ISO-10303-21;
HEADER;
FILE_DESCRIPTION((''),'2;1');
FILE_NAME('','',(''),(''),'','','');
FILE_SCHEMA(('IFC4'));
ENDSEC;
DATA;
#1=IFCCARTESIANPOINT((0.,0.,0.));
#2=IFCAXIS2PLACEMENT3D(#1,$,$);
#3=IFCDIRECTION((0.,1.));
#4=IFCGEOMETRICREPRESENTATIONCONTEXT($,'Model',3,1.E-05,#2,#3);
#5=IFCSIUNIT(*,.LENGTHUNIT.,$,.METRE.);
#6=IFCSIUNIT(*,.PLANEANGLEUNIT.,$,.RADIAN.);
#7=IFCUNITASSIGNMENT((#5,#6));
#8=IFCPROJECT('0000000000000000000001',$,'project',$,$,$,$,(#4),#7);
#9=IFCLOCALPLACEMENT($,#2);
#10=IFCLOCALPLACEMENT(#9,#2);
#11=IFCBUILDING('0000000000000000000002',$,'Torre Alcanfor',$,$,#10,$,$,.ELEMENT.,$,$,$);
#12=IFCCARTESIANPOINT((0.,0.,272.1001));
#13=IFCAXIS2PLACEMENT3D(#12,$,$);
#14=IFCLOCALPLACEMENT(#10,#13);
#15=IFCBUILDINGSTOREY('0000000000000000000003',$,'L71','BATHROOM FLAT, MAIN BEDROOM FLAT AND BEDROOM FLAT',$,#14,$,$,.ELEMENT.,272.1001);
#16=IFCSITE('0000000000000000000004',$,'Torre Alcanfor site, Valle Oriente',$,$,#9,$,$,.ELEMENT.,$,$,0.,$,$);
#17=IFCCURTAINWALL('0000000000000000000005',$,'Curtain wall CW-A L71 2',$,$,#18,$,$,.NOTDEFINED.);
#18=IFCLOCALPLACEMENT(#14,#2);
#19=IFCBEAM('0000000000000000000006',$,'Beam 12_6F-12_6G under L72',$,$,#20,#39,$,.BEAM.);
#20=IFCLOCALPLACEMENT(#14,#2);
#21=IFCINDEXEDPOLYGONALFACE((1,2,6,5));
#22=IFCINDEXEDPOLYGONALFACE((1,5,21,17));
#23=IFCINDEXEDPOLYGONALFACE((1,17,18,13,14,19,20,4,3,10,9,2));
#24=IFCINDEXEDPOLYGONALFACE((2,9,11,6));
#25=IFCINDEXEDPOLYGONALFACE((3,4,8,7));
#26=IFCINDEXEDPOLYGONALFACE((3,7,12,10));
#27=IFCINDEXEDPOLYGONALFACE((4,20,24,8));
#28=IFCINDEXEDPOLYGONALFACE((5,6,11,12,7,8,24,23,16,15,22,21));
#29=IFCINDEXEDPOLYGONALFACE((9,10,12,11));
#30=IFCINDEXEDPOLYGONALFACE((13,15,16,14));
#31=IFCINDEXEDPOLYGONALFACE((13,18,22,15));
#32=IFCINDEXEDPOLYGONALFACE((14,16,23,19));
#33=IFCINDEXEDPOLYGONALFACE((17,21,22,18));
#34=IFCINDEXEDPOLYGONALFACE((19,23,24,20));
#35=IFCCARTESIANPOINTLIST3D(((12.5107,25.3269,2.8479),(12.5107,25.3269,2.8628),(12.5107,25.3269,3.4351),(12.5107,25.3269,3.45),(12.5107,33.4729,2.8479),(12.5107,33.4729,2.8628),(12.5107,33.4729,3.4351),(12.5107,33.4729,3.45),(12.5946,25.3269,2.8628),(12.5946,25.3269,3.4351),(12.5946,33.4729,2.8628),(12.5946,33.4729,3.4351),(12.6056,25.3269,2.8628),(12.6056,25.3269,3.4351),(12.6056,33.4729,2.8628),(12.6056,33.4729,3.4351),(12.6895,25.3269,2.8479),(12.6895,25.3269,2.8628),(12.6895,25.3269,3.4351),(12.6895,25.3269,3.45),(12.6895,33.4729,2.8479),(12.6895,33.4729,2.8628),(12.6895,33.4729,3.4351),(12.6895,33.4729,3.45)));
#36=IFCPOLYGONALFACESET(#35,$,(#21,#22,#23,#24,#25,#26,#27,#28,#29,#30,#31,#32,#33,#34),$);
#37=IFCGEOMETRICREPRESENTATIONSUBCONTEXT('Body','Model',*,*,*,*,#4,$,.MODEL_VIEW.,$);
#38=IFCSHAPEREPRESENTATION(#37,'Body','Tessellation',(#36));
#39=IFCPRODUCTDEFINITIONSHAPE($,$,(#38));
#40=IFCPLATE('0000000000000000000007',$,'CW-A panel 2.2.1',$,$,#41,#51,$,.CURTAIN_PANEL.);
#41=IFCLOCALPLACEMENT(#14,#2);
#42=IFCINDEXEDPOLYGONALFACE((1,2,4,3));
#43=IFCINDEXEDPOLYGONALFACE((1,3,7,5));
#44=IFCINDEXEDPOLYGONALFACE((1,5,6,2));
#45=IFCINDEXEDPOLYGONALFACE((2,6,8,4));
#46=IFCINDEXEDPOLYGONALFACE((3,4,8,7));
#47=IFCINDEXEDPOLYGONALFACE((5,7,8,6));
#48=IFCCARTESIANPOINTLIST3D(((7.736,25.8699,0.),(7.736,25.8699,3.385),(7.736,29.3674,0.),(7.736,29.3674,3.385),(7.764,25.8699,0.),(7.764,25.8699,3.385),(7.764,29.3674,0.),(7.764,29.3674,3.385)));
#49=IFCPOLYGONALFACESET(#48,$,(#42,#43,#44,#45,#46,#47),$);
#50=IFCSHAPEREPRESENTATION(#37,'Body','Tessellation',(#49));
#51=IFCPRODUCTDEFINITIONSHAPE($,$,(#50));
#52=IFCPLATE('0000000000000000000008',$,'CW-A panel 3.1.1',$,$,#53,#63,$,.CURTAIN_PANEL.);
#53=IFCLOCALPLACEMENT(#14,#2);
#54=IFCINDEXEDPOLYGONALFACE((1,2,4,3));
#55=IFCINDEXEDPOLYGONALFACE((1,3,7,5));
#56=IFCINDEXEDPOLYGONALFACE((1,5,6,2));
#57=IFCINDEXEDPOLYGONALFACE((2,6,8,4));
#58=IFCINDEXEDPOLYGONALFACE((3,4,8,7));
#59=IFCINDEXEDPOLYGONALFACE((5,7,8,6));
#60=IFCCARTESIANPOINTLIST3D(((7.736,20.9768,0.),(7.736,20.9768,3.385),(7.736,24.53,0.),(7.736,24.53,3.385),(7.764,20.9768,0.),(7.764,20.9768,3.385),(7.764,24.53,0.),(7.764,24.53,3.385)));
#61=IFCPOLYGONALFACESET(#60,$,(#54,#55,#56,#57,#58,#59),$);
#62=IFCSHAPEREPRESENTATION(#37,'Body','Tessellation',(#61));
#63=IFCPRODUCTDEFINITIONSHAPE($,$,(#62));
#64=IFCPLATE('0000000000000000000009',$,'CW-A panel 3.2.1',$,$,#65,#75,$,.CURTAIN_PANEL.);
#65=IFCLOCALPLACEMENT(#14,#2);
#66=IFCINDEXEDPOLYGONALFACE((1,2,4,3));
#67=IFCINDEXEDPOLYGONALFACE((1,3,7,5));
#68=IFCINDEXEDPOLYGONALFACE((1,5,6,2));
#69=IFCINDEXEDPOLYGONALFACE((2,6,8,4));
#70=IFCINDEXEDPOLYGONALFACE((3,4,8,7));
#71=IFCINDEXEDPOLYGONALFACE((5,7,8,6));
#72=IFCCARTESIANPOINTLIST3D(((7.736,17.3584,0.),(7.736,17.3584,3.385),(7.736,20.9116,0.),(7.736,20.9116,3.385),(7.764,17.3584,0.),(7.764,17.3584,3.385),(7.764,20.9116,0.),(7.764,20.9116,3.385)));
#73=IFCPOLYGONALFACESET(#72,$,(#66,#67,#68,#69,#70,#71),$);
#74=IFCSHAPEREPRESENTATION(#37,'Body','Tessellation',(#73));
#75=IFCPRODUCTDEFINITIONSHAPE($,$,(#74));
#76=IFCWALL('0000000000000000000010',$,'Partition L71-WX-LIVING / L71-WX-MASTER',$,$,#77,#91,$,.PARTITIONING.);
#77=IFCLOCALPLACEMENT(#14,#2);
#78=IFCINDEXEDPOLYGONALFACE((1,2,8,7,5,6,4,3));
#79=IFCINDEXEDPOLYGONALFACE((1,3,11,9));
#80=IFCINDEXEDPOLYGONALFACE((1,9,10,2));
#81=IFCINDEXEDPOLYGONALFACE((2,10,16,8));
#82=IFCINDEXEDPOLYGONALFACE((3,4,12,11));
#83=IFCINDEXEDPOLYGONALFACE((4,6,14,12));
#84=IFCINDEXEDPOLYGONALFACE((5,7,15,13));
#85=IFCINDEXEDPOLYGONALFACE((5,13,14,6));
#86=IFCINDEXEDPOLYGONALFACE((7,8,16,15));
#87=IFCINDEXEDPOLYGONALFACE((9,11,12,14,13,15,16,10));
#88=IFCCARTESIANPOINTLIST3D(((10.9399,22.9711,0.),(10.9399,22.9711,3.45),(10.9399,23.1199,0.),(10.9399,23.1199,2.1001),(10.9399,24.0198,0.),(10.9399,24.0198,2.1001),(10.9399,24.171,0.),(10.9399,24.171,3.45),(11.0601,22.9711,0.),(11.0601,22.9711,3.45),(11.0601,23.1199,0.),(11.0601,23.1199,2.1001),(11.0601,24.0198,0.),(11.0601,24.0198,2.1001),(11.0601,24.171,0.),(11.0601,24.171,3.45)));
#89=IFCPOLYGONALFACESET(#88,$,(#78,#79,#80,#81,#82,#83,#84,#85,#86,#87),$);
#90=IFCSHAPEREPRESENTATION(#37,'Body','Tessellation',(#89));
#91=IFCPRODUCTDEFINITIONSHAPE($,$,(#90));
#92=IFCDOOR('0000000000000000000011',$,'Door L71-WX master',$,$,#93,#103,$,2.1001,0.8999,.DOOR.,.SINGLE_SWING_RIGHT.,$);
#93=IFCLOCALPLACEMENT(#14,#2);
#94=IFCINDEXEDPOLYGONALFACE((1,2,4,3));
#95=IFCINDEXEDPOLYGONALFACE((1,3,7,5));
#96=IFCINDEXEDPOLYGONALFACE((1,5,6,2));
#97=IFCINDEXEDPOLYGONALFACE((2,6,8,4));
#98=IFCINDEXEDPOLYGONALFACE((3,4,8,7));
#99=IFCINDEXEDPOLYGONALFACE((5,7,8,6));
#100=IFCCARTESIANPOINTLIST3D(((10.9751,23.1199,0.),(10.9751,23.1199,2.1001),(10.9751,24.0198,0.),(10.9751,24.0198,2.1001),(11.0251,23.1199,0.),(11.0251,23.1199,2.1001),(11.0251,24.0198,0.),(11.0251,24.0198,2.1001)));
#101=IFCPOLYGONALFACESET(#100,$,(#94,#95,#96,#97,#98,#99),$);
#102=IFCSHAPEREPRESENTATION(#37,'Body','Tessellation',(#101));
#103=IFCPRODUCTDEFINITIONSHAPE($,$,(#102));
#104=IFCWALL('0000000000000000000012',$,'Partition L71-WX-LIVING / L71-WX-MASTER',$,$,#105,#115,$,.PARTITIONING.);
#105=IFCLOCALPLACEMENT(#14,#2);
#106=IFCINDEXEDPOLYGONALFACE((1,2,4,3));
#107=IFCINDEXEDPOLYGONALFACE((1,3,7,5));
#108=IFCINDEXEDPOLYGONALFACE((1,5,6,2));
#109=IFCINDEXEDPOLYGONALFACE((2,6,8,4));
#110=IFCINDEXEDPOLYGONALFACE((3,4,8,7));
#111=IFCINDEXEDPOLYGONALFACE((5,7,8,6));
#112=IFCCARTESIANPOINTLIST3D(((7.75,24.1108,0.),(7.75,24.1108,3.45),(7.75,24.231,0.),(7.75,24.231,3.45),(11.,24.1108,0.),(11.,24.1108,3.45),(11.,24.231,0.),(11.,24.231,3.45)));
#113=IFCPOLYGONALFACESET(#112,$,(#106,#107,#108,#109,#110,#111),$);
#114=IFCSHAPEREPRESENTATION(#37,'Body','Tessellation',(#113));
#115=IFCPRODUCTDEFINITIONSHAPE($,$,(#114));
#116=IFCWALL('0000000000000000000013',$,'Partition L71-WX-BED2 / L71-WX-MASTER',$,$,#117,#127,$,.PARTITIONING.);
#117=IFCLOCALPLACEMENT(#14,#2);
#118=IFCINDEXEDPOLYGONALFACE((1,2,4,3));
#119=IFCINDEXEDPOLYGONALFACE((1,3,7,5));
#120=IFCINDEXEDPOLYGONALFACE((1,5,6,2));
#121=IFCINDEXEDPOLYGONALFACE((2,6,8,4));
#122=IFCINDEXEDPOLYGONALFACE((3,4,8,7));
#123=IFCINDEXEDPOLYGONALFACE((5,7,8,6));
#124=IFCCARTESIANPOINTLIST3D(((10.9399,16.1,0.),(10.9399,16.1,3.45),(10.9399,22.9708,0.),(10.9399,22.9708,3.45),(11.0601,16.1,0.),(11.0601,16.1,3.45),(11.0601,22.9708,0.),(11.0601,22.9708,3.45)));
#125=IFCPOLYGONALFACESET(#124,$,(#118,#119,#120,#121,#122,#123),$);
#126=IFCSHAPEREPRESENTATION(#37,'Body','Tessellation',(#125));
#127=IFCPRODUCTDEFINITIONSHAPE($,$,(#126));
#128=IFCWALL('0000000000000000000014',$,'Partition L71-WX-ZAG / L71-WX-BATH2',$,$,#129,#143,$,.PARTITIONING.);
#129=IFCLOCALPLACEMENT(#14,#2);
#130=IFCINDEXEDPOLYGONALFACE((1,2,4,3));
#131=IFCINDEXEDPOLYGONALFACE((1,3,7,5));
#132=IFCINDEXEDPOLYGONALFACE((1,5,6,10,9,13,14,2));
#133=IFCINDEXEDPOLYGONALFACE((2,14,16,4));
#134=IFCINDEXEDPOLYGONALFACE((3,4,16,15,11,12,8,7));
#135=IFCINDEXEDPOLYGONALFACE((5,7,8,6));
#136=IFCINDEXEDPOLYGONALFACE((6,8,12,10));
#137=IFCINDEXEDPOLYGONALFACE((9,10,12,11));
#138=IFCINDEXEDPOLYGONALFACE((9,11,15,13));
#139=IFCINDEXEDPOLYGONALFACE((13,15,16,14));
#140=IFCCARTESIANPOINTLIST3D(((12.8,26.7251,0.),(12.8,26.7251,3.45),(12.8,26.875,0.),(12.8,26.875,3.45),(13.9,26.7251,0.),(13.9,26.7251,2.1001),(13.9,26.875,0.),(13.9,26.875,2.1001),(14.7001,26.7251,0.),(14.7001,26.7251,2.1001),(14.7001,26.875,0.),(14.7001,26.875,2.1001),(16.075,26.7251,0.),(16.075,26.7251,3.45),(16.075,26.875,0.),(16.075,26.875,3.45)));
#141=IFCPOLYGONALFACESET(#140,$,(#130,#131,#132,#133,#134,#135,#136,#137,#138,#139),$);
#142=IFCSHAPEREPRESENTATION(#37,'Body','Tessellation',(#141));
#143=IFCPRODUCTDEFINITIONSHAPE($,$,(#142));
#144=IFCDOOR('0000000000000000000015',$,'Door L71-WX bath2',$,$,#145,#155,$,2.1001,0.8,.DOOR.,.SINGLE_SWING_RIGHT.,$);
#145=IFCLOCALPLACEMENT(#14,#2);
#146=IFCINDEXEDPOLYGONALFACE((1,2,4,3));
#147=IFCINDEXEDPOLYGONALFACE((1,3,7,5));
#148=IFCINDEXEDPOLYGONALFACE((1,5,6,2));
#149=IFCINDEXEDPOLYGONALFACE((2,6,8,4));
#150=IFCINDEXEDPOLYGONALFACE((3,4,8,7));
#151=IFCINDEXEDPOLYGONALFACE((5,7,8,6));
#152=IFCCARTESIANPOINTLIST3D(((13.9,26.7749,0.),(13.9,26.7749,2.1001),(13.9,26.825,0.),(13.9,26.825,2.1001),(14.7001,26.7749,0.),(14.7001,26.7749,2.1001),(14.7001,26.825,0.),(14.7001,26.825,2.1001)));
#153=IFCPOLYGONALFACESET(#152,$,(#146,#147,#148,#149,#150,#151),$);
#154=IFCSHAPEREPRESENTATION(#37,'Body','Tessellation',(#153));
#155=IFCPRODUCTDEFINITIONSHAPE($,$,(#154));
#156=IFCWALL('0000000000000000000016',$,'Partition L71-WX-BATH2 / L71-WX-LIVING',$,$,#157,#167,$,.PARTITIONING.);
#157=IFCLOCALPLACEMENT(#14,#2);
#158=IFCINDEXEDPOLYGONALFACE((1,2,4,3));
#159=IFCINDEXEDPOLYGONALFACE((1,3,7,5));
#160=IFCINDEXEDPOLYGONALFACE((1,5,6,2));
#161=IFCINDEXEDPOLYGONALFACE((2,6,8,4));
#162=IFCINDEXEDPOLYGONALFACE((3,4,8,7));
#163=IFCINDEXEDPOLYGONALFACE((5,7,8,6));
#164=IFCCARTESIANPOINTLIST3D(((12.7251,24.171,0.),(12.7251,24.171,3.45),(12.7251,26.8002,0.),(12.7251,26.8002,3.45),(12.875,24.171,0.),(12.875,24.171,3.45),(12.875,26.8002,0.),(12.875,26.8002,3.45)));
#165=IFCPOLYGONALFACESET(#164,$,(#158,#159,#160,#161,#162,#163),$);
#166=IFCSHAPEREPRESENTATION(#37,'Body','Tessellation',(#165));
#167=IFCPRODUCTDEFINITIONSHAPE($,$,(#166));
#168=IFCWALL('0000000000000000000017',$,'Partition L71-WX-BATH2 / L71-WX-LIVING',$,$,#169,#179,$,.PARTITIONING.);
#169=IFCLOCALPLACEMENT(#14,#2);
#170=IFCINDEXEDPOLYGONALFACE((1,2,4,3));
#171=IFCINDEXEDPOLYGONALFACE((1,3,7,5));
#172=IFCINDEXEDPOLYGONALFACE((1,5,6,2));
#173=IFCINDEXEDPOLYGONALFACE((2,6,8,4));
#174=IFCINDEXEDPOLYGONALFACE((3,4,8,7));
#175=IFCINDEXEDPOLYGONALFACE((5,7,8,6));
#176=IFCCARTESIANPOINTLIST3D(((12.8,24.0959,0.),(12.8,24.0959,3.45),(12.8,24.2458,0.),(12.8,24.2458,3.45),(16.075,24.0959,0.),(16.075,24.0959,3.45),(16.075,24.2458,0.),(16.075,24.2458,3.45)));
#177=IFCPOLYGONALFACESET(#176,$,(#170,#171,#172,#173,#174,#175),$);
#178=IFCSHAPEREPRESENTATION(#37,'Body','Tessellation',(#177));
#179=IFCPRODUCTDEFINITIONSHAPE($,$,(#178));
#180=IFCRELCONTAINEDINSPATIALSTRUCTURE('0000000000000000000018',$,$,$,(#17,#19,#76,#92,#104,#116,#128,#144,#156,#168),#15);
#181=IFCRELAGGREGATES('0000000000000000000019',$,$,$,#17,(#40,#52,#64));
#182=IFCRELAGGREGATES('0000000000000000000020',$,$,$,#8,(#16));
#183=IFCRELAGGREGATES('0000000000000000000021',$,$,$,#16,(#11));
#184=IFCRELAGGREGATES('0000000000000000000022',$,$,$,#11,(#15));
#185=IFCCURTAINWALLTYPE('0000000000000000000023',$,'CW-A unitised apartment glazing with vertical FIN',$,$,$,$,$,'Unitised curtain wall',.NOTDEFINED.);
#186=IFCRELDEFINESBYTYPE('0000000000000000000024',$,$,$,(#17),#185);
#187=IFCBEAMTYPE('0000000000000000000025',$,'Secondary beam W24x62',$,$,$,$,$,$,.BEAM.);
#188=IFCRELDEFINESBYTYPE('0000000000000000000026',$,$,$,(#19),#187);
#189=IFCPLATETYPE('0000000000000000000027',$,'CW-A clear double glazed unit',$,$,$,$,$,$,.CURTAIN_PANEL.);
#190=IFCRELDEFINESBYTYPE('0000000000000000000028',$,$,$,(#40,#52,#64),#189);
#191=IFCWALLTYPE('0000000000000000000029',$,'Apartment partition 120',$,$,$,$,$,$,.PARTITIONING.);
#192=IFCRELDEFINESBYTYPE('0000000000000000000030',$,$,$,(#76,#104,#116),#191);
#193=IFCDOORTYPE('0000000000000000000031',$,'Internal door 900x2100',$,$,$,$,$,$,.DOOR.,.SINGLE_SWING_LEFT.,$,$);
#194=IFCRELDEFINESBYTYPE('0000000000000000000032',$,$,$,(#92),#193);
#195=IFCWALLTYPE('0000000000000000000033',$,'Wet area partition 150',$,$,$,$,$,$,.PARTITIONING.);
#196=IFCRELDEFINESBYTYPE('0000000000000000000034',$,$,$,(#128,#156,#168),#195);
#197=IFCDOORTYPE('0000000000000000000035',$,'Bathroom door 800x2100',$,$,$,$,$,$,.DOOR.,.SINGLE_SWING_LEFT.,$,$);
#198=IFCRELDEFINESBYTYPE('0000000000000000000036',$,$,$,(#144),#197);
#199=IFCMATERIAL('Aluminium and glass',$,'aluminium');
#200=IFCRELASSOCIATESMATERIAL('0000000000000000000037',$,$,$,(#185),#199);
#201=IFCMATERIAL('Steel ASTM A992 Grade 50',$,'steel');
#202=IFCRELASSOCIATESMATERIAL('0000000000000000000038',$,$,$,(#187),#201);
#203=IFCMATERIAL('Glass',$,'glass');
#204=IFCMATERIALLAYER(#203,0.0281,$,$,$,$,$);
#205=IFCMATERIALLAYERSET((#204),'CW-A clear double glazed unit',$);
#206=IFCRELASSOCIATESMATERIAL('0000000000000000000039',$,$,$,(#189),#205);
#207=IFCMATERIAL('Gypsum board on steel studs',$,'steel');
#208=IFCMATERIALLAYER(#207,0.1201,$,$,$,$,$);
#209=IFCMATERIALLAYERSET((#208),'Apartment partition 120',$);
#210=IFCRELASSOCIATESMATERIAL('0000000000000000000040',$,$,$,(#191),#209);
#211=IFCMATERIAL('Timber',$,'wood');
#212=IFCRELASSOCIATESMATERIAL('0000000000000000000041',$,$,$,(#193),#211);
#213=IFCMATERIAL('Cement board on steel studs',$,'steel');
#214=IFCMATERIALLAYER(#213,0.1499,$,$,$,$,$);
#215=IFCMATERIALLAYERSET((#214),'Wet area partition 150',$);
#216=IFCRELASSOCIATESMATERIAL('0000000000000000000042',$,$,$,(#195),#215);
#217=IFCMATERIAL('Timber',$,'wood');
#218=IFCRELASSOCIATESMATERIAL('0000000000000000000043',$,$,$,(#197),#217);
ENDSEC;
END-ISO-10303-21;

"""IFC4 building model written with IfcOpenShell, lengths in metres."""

from ifc_helpers import new_model, si_unit, direction, frame, frame_2d, origin, origin_2d, place, context, subcontext, project, spatial, rectangle, i_section, extrude, material, layer, layer_set, material_profile, profile_set, type_object, element, fill, aggregate, save


model = new_model("IFC4")

# Units and contexts
model_context = context("Model", 3, precision=1e-05, world=origin(), true_north=direction((0.0, 1.0)))
body_context = subcontext(model_context, "Body", "Model", "MODEL_VIEW")
ifc_project = project(units=[si_unit("LENGTHUNIT", "METRE"), si_unit("PLANEANGLEUNIT", "RADIAN")], contexts=[model_context])

# Site, building, storey
site_placement = place(None, origin())
site = spatial("IfcSite", under=ifc_project, at=site_placement, Name="Torre Alcanfor site, Valle Oriente", CompositionType="ELEMENT", RefElevation=0.0)
building_placement = place(site_placement, origin())
building = spatial("IfcBuilding", under=site, at=building_placement, Name="Torre Alcanfor", CompositionType="ELEMENT")
storey_placement = place(building_placement, frame((0.0, 0.0, 272.1001)))
storey = spatial("IfcBuildingStorey", under=building, at=storey_placement, Name="L71", Description="BATHROOM FLAT, MAIN BEDROOM FLAT AND BEDROOM FLAT", CompositionType="ELEMENT", Elevation=272.1001)

# Curtain wall
ifc_material_1 = material(Name="Aluminium and glass", Category="aluminium")
curtain_wall_type = type_object("IfcCurtainWallType", Name="CW-A unitised apartment glazing with vertical FIN", ElementType="Unitised curtain wall", PredefinedType="NOTDEFINED", material=ifc_material_1)
curtain_wall_placement = place(storey_placement, origin())
curtain_wall = element("IfcCurtainWall", 1, at=curtain_wall_placement, inside=storey, type_object=curtain_wall_type, Name="Curtain wall CW-A L71 2", PredefinedType="NOTDEFINED")

# Beam
ifc_material_2 = material(Name="Steel ASTM A992 Grade 50", Category="steel")
ifc_material_profile_1 = material_profile(ifc_material_2, i_section(OverallWidth=0.1787, OverallDepth=0.6021, WebThickness=0.011, FlangeThickness=0.0149, at=origin_2d()), Name="W24x62")
ifc_profile_set_1 = profile_set([ifc_material_profile_1], Name="Steel ASTM A992 Grade 50")
beam_type_1 = type_object("IfcBeamType", Name="Secondary beam W24x62", PredefinedType="BEAM", material=ifc_profile_set_1)
beam_1_placement = place(storey_placement, frame((12.6001, 25.3269, 3.1489), z_axis=(0.0, 1.0, 0.0), x_axis=(-1.0, 0.0, 0.0)))
element("IfcBeam", 2, at=beam_1_placement, inside=storey, type_object=beam_type_1, Name="Beam 12_6F-12_6G under L72", PredefinedType="BEAM", context=body_context, shape_type="SweptSolid", body=[
    extrude(i_section(OverallWidth=0.1787, OverallDepth=0.6021, WebThickness=0.011, FlangeThickness=0.0149, at=origin_2d()), origin(), (0.0, 0.0, 1.0), 8.146),
])

# Plates
ifc_material_3 = material(Name="Glass", Category="glass")
ifc_layer_1 = layer(ifc_material_3, 0.0281)
ifc_layer_set_1 = layer_set([ifc_layer_1], Name="CW-A clear double glazed unit")
plate_type = type_object("IfcPlateType", Name="CW-A clear double glazed unit", PredefinedType="CURTAIN_PANEL", material=ifc_layer_set_1)
plate_1_placement = place(storey_placement, frame((7.75, 27.6187, 0.0), z_axis=(0.0, 0.0, 1.0), x_axis=(0.0, -1.0, 0.0)))
plate_1 = element("IfcPlate", 3, at=plate_1_placement, type_object=plate_type, Name="CW-A panel 2.2.1", PredefinedType="CURTAIN_PANEL", context=body_context, shape_type="SweptSolid", body=[
    extrude(rectangle(XDim=3.4976, YDim=0.0281, at=origin_2d()), origin(), (0.0, 0.0, 1.0), 3.385),
])
plate_2_placement = place(storey_placement, frame((7.75, 22.7534, 0.0), z_axis=(0.0, 0.0, 1.0), x_axis=(0.0, -1.0, 0.0)))
plate_2 = element("IfcPlate", 4, at=plate_2_placement, type_object=plate_type, Name="CW-A panel 3.1.1", PredefinedType="CURTAIN_PANEL", context=body_context, shape_type="SweptSolid", body=[
    extrude(rectangle(XDim=3.5532, YDim=0.0281, at=origin_2d()), origin(), (0.0, 0.0, 1.0), 3.385),
])
plate_3_placement = place(storey_placement, frame((7.75, 19.135, 0.0), z_axis=(0.0, 0.0, 1.0), x_axis=(0.0, -1.0, 0.0)))
plate_3 = element("IfcPlate", 5, at=plate_3_placement, type_object=plate_type, Name="CW-A panel 3.2.1", PredefinedType="CURTAIN_PANEL", context=body_context, shape_type="SweptSolid", body=[
    extrude(rectangle(XDim=3.5532, YDim=0.0281, at=origin_2d()), origin(), (0.0, 0.0, 1.0), 3.385),
])
aggregate(curtain_wall, [plate_1, plate_2, plate_3])

# Wall, opening, door
ifc_material_4 = material(Name="Gypsum board on steel studs", Category="steel")
ifc_layer_2 = layer(ifc_material_4, 0.1201)
ifc_layer_set_2 = layer_set([ifc_layer_2], Name="Apartment partition 120")
wall_type_1 = type_object("IfcWallType", Name="Apartment partition 120", PredefinedType="PARTITIONING", material=ifc_layer_set_2)
wall_1_placement = place(storey_placement, frame((11.0, 22.9709, 0.0), z_axis=(0.0, 0.0, 1.0), x_axis=(0.0, 1.0, 0.0)))
wall_1 = element("IfcWall", 6, at=wall_1_placement, inside=storey, type_object=wall_type_1, Name="Partition L71-WX-LIVING / L71-WX-MASTER", PredefinedType="PARTITIONING", context=body_context, shape_type="SweptSolid", body=[
    extrude(rectangle(XDim=1.2, YDim=0.1201, at=frame_2d((0.6001, 0.0))), origin(), (0.0, 0.0, 1.0), 3.45),
])
opening_1_placement = place(wall_1_placement, frame((0.1489, 0.0, 0.0)))
opening_1 = element("IfcOpeningElement", 7, at=opening_1_placement, cuts=wall_1, PredefinedType="OPENING", context=body_context, shape_type="SweptSolid", body=[
    extrude(rectangle(XDim=0.8999, YDim=2.1001, at=frame_2d((0.45, 1.05))), frame((0.0, 0.0701, 0.0), z_axis=(0.0, -1.0, 0.0), x_axis=(1.0, 0.0, 0.0)), (0.0, 0.0, 1.0), 0.1401),
])
ifc_material_5 = material(Name="Timber", Category="wood")
door_type_1 = type_object("IfcDoorType", Name="Internal door 900x2100", OperationType="SINGLE_SWING_LEFT", PredefinedType="DOOR", material=ifc_material_5)
door_1_placement = place(opening_1_placement, origin())
door_1 = element("IfcDoor", 8, at=door_1_placement, inside=storey, type_object=door_type_1, Name="Door L71-WX master", OperationType="SINGLE_SWING_RIGHT", OverallHeight=2.1001, OverallWidth=0.8999, PredefinedType="DOOR", context=body_context, shape_type="SweptSolid", body=[
    extrude(rectangle(XDim=0.8999, YDim=2.1001, at=frame_2d((0.45, 1.05))), frame((0.0, 0.0249, 0.0), z_axis=(0.0, -1.0, 0.0), x_axis=(1.0, 0.0, 0.0)), (0.0, 0.0, 1.0), 0.05),
])
fill(opening_1, door_1)

# Walls
wall_2_placement = place(storey_placement, frame((11.0, 24.1709, 0.0), z_axis=(0.0, 0.0, 1.0), x_axis=(-1.0, 0.0, 0.0)))
element("IfcWall", 9, at=wall_2_placement, inside=storey, type_object=wall_type_1, Name="Partition L71-WX-LIVING / L71-WX-MASTER", PredefinedType="PARTITIONING", context=body_context, shape_type="SweptSolid", body=[
    extrude(rectangle(XDim=3.25, YDim=0.1201, at=frame_2d((1.625, 0.0))), origin(), (0.0, 0.0, 1.0), 3.45),
])
wall_3_placement = place(storey_placement, frame((11.0, 22.9709, 0.0), z_axis=(0.0, 0.0, 1.0), x_axis=(0.0, -1.0, 0.0)))
element("IfcWall", 10, at=wall_3_placement, inside=storey, type_object=wall_type_1, Name="Partition L71-WX-BED2 / L71-WX-MASTER", PredefinedType="PARTITIONING", context=body_context, shape_type="SweptSolid", body=[
    extrude(rectangle(XDim=6.8708, YDim=0.1201, at=frame_2d((3.4355, 0.0))), origin(), (0.0, 0.0, 1.0), 3.45),
])

# Wall, opening, door
ifc_material_6 = material(Name="Cement board on steel studs", Category="steel")
ifc_layer_3 = layer(ifc_material_6, 0.1499)
ifc_layer_set_3 = layer_set([ifc_layer_3], Name="Wet area partition 150")
wall_type_2 = type_object("IfcWallType", Name="Wet area partition 150", PredefinedType="PARTITIONING", material=ifc_layer_set_3)
wall_4_placement = place(storey_placement, frame((12.8, 26.8, 0.0), z_axis=(0.0, 0.0, 1.0), x_axis=(1.0, 0.0, 0.0)))
wall_4 = element("IfcWall", 11, at=wall_4_placement, inside=storey, type_object=wall_type_2, Name="Partition L71-WX-ZAG / L71-WX-BATH2", PredefinedType="PARTITIONING", context=body_context, shape_type="SweptSolid", body=[
    extrude(rectangle(XDim=3.2749, YDim=0.1499, at=frame_2d((1.6375, 0.0))), origin(), (0.0, 0.0, 1.0), 3.45),
])
opening_2_placement = place(wall_4_placement, frame((1.1001, 0.0, 0.0)))
opening_2 = element("IfcOpeningElement", 12, at=opening_2_placement, cuts=wall_4, PredefinedType="OPENING", context=body_context, shape_type="SweptSolid", body=[
    extrude(rectangle(XDim=0.8, YDim=2.1001, at=frame_2d((0.3999, 1.05))), frame((0.0, 0.085, 0.0), z_axis=(0.0, -1.0, 0.0), x_axis=(1.0, 0.0, 0.0)), (0.0, 0.0, 1.0), 0.1699),
])
ifc_material_7 = material(Name="Timber", Category="wood")
door_type_2 = type_object("IfcDoorType", Name="Bathroom door 800x2100", OperationType="SINGLE_SWING_LEFT", PredefinedType="DOOR", material=ifc_material_7)
door_2_placement = place(opening_2_placement, frame((0.8, 0.0, 0.0), z_axis=(0.0, 0.0, 1.0), x_axis=(-1.0, 0.0, 0.0)))
door_2 = element("IfcDoor", 13, at=door_2_placement, inside=storey, type_object=door_type_2, Name="Door L71-WX bath2", OperationType="SINGLE_SWING_RIGHT", OverallHeight=2.1001, OverallWidth=0.8, PredefinedType="DOOR", context=body_context, shape_type="SweptSolid", body=[
    extrude(rectangle(XDim=0.8, YDim=2.1001, at=frame_2d((0.4001, 1.05))), frame((0.0, 0.0251, 0.0), z_axis=(0.0, -1.0, 0.0), x_axis=(1.0, 0.0, 0.0)), (0.0, 0.0, 1.0), 0.05),
])
fill(opening_2, door_2)

# Walls
wall_5_placement = place(storey_placement, frame((12.8, 26.8, 0.0), z_axis=(0.0, 0.0, 1.0), x_axis=(0.0, -1.0, 0.0)))
element("IfcWall", 14, at=wall_5_placement, inside=storey, type_object=wall_type_2, Name="Partition L71-WX-BATH2 / L71-WX-LIVING", PredefinedType="PARTITIONING", context=body_context, shape_type="SweptSolid", body=[
    extrude(rectangle(XDim=2.6292, YDim=0.1499, at=frame_2d((1.3145, 0.0))), origin(), (0.0, 0.0, 1.0), 3.45),
])
wall_6_placement = place(storey_placement, frame((12.8, 24.1709, 0.0), z_axis=(0.0, 0.0, 1.0), x_axis=(1.0, 0.0, 0.0)))
element("IfcWall", 15, at=wall_6_placement, inside=storey, type_object=wall_type_2, Name="Partition L71-WX-BATH2 / L71-WX-LIVING", PredefinedType="PARTITIONING", context=body_context, shape_type="SweptSolid", body=[
    extrude(rectangle(XDim=3.2749, YDim=0.1499, at=frame_2d((1.6375, 0.0))), origin(), (0.0, 0.0, 1.0), 3.45),
])

save(model, "model.ifc")
